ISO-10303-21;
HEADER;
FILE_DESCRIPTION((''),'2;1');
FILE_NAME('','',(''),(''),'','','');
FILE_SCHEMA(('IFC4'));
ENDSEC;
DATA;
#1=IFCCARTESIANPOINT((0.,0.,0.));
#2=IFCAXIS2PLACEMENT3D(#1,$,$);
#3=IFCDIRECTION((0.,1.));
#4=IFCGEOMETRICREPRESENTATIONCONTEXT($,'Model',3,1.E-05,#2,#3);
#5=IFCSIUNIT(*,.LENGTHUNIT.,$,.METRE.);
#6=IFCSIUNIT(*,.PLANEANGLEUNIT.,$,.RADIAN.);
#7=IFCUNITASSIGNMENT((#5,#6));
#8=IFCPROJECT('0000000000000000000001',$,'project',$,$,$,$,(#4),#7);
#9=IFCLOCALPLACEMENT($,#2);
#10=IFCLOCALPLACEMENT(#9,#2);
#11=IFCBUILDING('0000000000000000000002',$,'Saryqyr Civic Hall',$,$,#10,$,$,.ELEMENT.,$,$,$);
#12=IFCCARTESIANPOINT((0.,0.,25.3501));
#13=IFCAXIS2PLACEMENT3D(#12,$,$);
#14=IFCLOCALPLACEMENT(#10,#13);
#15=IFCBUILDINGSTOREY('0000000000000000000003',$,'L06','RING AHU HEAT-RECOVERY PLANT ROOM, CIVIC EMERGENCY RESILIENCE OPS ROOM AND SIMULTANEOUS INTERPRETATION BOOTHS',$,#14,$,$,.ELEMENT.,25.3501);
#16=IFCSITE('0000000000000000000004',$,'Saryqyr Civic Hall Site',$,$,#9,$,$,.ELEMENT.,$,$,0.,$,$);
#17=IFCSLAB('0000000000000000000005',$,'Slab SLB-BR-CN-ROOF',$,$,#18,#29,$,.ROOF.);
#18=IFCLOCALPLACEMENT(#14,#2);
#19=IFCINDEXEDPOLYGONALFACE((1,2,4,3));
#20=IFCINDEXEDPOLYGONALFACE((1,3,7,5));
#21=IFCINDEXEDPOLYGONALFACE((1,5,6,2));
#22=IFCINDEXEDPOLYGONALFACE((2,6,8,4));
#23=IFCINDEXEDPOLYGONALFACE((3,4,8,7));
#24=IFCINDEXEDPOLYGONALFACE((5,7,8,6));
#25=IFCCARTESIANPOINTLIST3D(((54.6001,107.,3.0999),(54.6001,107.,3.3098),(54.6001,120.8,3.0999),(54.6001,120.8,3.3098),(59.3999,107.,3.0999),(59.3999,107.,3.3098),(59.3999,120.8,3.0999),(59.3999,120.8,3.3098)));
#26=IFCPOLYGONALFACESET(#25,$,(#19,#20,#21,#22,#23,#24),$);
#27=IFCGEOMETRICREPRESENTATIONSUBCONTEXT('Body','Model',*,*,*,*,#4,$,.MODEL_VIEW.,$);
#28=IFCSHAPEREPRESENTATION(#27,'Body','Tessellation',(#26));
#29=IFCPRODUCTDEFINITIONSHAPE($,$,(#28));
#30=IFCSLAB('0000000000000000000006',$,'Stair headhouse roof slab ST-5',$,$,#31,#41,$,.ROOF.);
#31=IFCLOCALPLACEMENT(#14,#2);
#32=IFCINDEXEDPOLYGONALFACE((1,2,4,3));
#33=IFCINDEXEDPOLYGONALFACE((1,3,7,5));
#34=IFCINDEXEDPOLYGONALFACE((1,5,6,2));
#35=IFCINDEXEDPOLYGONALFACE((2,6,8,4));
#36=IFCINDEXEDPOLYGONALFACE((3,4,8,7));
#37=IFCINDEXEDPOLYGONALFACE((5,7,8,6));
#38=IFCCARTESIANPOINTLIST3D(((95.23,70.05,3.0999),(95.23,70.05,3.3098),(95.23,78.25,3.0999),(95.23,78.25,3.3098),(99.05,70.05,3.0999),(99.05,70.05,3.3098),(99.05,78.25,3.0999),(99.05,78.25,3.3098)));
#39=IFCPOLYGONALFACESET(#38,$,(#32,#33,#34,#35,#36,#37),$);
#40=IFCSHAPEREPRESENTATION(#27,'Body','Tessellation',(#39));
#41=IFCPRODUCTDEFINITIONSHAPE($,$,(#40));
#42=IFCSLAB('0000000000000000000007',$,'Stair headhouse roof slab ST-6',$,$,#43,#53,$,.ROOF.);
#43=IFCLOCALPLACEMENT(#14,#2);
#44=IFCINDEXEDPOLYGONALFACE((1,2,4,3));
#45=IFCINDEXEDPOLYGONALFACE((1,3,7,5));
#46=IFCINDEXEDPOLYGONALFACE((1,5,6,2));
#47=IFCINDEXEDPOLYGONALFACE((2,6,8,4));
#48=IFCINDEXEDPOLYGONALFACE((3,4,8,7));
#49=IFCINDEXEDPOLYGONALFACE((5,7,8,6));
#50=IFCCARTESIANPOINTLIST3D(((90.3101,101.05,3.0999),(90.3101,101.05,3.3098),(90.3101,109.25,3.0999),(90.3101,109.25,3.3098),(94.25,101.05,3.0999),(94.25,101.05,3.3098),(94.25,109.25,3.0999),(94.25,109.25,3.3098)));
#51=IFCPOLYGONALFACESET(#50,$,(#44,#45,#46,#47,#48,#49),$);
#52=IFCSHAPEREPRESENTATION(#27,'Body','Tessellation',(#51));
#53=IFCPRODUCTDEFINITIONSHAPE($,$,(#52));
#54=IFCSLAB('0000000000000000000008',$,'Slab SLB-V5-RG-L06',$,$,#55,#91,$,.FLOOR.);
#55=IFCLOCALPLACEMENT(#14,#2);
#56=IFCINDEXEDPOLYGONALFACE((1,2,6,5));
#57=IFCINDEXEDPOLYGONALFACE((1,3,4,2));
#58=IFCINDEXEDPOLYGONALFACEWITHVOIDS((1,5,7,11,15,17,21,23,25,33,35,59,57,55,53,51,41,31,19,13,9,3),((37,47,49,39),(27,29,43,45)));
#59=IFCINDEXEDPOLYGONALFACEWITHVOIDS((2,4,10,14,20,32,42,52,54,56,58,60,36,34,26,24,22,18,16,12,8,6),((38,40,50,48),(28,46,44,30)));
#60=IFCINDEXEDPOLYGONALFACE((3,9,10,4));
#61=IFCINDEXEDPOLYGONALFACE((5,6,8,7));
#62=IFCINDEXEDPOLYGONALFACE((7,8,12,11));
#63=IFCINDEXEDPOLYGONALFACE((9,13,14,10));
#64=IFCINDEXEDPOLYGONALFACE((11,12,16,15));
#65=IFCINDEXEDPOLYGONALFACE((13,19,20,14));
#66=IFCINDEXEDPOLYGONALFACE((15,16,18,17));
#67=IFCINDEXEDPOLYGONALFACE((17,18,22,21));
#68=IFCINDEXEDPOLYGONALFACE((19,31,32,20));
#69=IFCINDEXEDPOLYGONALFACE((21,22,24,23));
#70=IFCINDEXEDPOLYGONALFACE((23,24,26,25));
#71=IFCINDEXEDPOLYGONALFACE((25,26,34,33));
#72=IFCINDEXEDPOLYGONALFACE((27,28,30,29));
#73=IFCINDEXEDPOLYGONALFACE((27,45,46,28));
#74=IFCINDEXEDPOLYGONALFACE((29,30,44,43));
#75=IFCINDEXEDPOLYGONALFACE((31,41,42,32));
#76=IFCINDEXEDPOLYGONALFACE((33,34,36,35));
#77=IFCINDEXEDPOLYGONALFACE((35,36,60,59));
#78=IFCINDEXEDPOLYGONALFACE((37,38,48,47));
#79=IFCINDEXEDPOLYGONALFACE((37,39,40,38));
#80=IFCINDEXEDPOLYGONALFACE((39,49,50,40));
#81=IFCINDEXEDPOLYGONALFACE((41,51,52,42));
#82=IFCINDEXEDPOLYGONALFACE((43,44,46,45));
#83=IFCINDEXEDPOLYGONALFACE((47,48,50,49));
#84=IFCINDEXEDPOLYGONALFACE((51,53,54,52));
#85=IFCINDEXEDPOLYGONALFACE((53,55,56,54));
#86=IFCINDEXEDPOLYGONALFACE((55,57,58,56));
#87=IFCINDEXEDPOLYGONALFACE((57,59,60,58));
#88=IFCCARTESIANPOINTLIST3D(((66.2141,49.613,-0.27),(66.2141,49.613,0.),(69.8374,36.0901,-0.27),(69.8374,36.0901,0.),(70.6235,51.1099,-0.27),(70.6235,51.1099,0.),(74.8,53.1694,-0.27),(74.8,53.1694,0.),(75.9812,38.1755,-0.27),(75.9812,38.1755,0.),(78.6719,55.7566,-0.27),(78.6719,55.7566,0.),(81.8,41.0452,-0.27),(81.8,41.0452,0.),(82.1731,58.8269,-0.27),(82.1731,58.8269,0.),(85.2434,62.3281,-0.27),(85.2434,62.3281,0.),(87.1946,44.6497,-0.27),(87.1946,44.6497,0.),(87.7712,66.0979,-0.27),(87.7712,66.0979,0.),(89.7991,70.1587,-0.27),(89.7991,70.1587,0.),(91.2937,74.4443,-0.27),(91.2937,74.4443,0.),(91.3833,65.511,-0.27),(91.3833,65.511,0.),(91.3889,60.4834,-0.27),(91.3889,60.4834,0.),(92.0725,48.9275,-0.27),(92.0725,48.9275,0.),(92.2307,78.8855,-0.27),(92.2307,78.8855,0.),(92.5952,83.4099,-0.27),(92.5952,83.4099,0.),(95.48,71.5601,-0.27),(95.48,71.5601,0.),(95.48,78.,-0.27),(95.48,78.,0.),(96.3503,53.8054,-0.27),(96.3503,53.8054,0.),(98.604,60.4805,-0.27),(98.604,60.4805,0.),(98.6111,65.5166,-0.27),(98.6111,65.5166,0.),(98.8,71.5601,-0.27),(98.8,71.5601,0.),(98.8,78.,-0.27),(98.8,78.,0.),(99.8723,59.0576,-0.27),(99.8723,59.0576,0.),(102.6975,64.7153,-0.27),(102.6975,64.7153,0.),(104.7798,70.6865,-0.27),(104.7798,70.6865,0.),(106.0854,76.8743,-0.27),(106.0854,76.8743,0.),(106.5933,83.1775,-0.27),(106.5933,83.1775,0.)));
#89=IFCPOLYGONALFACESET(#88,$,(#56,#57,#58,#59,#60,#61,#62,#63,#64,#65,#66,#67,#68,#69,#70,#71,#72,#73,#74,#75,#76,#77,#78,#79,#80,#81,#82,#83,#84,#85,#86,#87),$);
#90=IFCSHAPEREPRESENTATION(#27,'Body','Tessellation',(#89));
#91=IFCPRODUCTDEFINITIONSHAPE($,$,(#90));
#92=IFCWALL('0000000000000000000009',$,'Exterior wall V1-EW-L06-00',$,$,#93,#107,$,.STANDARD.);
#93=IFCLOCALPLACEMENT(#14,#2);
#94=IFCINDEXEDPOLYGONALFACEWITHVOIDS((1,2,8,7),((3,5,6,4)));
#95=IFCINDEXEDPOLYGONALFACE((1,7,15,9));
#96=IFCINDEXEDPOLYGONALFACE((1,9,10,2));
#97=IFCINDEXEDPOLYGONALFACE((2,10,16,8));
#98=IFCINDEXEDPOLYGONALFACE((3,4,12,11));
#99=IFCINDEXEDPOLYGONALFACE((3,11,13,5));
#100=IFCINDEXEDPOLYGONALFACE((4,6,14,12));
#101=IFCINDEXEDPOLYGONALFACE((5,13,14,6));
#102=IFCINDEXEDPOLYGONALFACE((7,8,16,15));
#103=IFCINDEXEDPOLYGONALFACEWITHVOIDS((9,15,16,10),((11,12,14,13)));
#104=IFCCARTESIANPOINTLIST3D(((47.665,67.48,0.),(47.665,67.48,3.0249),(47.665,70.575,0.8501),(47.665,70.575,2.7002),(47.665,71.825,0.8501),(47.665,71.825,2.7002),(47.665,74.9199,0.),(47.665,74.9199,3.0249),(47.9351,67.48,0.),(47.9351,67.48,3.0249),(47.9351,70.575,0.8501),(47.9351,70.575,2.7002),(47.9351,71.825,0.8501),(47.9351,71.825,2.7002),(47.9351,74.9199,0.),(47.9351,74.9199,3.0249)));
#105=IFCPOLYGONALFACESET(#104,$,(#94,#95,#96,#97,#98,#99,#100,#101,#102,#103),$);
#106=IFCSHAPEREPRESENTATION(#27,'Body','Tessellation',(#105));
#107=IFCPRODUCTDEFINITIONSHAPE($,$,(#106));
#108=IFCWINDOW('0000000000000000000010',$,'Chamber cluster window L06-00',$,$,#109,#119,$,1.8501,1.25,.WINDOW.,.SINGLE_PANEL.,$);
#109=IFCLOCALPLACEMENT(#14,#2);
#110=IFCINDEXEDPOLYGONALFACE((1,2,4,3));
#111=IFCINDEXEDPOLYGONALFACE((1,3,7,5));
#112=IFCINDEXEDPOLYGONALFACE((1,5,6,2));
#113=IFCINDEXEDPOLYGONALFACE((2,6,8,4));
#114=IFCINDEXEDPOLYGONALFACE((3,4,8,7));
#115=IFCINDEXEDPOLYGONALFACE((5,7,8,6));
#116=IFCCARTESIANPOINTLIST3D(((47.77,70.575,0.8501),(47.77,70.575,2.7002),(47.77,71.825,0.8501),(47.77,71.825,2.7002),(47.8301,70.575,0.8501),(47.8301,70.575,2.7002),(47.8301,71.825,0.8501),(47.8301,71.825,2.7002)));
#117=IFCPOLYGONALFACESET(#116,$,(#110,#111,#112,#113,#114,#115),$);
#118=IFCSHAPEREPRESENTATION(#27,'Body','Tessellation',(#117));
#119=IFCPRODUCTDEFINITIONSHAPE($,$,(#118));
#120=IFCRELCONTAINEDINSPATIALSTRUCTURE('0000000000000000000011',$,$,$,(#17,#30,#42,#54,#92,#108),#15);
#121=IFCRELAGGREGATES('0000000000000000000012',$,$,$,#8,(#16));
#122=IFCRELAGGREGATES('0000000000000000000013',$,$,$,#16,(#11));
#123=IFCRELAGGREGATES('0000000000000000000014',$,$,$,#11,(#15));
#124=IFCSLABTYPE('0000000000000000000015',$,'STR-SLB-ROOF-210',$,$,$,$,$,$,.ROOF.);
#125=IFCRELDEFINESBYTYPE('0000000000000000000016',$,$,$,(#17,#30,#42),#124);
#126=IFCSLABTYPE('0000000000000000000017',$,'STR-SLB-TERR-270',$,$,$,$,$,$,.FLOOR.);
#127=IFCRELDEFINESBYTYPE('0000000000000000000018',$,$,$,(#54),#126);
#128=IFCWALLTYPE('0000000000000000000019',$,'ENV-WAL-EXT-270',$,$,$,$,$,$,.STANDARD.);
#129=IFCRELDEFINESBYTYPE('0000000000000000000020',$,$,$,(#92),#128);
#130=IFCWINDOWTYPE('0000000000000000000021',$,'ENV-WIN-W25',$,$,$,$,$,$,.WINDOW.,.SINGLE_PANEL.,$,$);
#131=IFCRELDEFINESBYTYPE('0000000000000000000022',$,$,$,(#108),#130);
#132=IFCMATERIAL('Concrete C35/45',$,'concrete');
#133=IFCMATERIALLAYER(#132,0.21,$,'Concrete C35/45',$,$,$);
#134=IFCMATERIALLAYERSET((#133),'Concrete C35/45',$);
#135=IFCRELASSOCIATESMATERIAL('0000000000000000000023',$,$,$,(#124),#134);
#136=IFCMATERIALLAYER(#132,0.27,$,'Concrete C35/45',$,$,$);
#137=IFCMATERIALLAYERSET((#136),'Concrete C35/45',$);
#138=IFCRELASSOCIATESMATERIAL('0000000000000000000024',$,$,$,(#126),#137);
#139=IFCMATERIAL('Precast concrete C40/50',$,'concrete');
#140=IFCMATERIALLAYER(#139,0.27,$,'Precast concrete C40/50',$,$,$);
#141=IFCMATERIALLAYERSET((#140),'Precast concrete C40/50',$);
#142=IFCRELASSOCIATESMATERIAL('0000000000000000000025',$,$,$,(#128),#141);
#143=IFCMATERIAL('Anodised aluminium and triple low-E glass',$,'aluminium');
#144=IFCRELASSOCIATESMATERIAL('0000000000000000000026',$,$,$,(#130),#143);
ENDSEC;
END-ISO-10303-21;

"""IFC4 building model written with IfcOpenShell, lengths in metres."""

from ifc_helpers import new_model, si_unit, direction, frame, frame_2d, origin, place, context, subcontext, project, spatial, polyline, rectangle, outline, extrude, material, layer, layer_set, type_object, element, fill, save


model = new_model("IFC4")

# Units and contexts
model_context = context("Model", 3, precision=1e-05, world=origin(), true_north=direction((0.0, 1.0)))
body_context = subcontext(model_context, "Body", "Model", "MODEL_VIEW")
ifc_project = project(units=[si_unit("LENGTHUNIT", "METRE"), si_unit("PLANEANGLEUNIT", "RADIAN")], contexts=[model_context])

# Site, building, storey
site_placement = place(None, origin())
site = spatial("IfcSite", under=ifc_project, at=site_placement, Name="Saryqyr Civic Hall Site", CompositionType="ELEMENT", RefElevation=0.0)
building_placement = place(site_placement, origin())
building = spatial("IfcBuilding", under=site, at=building_placement, Name="Saryqyr Civic Hall", CompositionType="ELEMENT")
storey_placement = place(building_placement, frame((0.0, 0.0, 25.3501)))
storey = spatial("IfcBuildingStorey", under=building, at=storey_placement, Name="L06", Description="RING AHU HEAT-RECOVERY PLANT ROOM, CIVIC EMERGENCY RESILIENCE OPS ROOM AND SIMULTANEOUS INTERPRETATION BOOTHS", CompositionType="ELEMENT", Elevation=25.3501)

# Shared definitions
ifc_material_1 = material(Name="Anodised aluminium and triple low-E glass", Category="aluminium")

# Shared definitions
ifc_material_2 = material(Name="Concrete C35/45", Category="concrete")

# Slabs
ifc_layer_1 = layer(ifc_material_2, 0.21, Name="Concrete C35/45")
ifc_layer_set_1 = layer_set([ifc_layer_1], Name="Concrete C35/45")
slab_type_1 = type_object("IfcSlabType", Name="STR-SLB-ROOF-210", PredefinedType="ROOF", material=ifc_layer_set_1)
slab_1_placement = place(storey_placement, frame((0.0, 0.0, 3.0999)))
element("IfcSlab", 1, at=slab_1_placement, inside=storey, type_object=slab_type_1, Name="Slab SLB-BR-CN-ROOF", PredefinedType="ROOF", context=body_context, shape_type="SweptSolid", body=[
    extrude(outline(polyline([(54.6001, 120.8), (59.3999, 120.8), (59.3999, 107.0), (54.6001, 107.0), (54.6001, 120.8)])), origin(), (0.0, 0.0, 1.0), 0.21),
])
slab_2_placement = place(storey_placement, frame((0.0, 0.0, 3.0999)))
element("IfcSlab", 2, at=slab_2_placement, inside=storey, type_object=slab_type_1, Name="Stair headhouse roof slab ST-5", PredefinedType="ROOF", context=body_context, shape_type="SweptSolid", body=[
    extrude(outline(polyline([(99.05, 70.05), (99.05, 78.25), (95.23, 78.25), (95.23, 70.05), (99.05, 70.05)])), origin(), (0.0, 0.0, 1.0), 0.21),
])
slab_3_placement = place(storey_placement, frame((0.0, 0.0, 3.0999)))
element("IfcSlab", 3, at=slab_3_placement, inside=storey, type_object=slab_type_1, Name="Stair headhouse roof slab ST-6", PredefinedType="ROOF", context=body_context, shape_type="SweptSolid", body=[
    extrude(outline(polyline([(94.25, 101.05), (94.25, 109.25), (90.3101, 109.25), (90.3101, 101.05), (94.25, 101.05)])), origin(), (0.0, 0.0, 1.0), 0.21),
])
ifc_layer_2 = layer(ifc_material_2, 0.27, Name="Concrete C35/45")
ifc_layer_set_2 = layer_set([ifc_layer_2], Name="Concrete C35/45")
slab_type_2 = type_object("IfcSlabType", Name="STR-SLB-TERR-270", PredefinedType="FLOOR", material=ifc_layer_set_2)
slab_4_placement = place(storey_placement, frame((0.0, 0.0, -0.27)))
element("IfcSlab", 4, at=slab_4_placement, inside=storey, type_object=slab_type_2, Name="Slab SLB-V5-RG-L06", PredefinedType="FLOOR", context=body_context, shape_type="SweptSolid", body=[
    extrude(outline(polyline([(75.9812, 38.1755), (69.8374, 36.0901), (66.2141, 49.613), (70.6235, 51.1099), (74.8, 53.1694), (78.6719, 55.7566), (82.1731, 58.8269), (85.2434, 62.3281), (87.7712, 66.0979), (89.7991, 70.1587), (91.2937, 74.4443), (92.2307, 78.8855), (92.5952, 83.4099), (106.5933, 83.1775), (106.0854, 76.8743), (104.7798, 70.6865), (102.6975, 64.7153), (99.8723, 59.0576), (96.3503, 53.8054), (92.0725, 48.9275), (87.1946, 44.6497), (81.8, 41.0452), (75.9812, 38.1755)]), holes=[polyline([(98.604, 60.4805), (98.6111, 65.5166), (91.3833, 65.511), (91.3889, 60.4834), (98.604, 60.4805)]), polyline([(95.48, 78.0), (95.48, 71.5601), (98.8, 71.5601), (98.8, 78.0), (95.48, 78.0)])]), origin(), (0.0, 0.0, 1.0), 0.27),
])

# Wall, opening, window
ifc_material_3 = material(Name="Precast concrete C40/50", Category="concrete")
ifc_layer_3 = layer(ifc_material_3, 0.27, Name="Precast concrete C40/50")
ifc_layer_set_3 = layer_set([ifc_layer_3], Name="Precast concrete C40/50")
wall_type = type_object("IfcWallType", Name="ENV-WAL-EXT-270", PredefinedType="STANDARD", material=ifc_layer_set_3)
wall_placement = place(storey_placement, frame((47.8, 67.48, 0.0), z_axis=(0.0, 0.0, 1.0), x_axis=(0.0, 1.0, 0.0)))
wall = element("IfcWall", 5, at=wall_placement, inside=storey, type_object=wall_type, Name="Exterior wall V1-EW-L06-00", PredefinedType="STANDARD", context=body_context, shape_type="SweptSolid", body=[
    extrude(rectangle(XDim=7.4399, YDim=0.27, at=frame_2d((3.72, 0.0))), origin(), (0.0, 0.0, 1.0), 3.0249),
])
opening_placement = place(wall_placement, frame((3.095, 0.0, 0.8501)))
opening = element("IfcOpeningElement", 6, at=opening_placement, cuts=wall, PredefinedType="OPENING", context=body_context, shape_type="SweptSolid", body=[
    extrude(rectangle(XDim=1.25, YDim=1.8501, at=frame_2d((0.625, 0.925))), frame((0.0, 0.145, 0.0), z_axis=(0.0, -1.0, 0.0), x_axis=(1.0, 0.0, 0.0)), (0.0, 0.0, 1.0), 0.29),
])
window_type = type_object("IfcWindowType", Name="ENV-WIN-W25", PartitioningType="SINGLE_PANEL", PredefinedType="WINDOW", material=ifc_material_1)
window_placement = place(opening_placement, origin())
window = element("IfcWindow", 7, at=window_placement, inside=storey, type_object=window_type, Name="Chamber cluster window L06-00", OverallHeight=1.8501, OverallWidth=1.25, PartitioningType="SINGLE_PANEL", PredefinedType="WINDOW", context=body_context, shape_type="SweptSolid", body=[
    extrude(rectangle(XDim=1.25, YDim=1.8501, at=frame_2d((0.625, 0.925))), frame((0.0, 0.03, 0.0), z_axis=(0.0, -1.0, 0.0), x_axis=(1.0, 0.0, 0.0)), (0.0, 0.0, 1.0), 0.0601),
])
fill(opening, window)

save(model, "model.ifc")
